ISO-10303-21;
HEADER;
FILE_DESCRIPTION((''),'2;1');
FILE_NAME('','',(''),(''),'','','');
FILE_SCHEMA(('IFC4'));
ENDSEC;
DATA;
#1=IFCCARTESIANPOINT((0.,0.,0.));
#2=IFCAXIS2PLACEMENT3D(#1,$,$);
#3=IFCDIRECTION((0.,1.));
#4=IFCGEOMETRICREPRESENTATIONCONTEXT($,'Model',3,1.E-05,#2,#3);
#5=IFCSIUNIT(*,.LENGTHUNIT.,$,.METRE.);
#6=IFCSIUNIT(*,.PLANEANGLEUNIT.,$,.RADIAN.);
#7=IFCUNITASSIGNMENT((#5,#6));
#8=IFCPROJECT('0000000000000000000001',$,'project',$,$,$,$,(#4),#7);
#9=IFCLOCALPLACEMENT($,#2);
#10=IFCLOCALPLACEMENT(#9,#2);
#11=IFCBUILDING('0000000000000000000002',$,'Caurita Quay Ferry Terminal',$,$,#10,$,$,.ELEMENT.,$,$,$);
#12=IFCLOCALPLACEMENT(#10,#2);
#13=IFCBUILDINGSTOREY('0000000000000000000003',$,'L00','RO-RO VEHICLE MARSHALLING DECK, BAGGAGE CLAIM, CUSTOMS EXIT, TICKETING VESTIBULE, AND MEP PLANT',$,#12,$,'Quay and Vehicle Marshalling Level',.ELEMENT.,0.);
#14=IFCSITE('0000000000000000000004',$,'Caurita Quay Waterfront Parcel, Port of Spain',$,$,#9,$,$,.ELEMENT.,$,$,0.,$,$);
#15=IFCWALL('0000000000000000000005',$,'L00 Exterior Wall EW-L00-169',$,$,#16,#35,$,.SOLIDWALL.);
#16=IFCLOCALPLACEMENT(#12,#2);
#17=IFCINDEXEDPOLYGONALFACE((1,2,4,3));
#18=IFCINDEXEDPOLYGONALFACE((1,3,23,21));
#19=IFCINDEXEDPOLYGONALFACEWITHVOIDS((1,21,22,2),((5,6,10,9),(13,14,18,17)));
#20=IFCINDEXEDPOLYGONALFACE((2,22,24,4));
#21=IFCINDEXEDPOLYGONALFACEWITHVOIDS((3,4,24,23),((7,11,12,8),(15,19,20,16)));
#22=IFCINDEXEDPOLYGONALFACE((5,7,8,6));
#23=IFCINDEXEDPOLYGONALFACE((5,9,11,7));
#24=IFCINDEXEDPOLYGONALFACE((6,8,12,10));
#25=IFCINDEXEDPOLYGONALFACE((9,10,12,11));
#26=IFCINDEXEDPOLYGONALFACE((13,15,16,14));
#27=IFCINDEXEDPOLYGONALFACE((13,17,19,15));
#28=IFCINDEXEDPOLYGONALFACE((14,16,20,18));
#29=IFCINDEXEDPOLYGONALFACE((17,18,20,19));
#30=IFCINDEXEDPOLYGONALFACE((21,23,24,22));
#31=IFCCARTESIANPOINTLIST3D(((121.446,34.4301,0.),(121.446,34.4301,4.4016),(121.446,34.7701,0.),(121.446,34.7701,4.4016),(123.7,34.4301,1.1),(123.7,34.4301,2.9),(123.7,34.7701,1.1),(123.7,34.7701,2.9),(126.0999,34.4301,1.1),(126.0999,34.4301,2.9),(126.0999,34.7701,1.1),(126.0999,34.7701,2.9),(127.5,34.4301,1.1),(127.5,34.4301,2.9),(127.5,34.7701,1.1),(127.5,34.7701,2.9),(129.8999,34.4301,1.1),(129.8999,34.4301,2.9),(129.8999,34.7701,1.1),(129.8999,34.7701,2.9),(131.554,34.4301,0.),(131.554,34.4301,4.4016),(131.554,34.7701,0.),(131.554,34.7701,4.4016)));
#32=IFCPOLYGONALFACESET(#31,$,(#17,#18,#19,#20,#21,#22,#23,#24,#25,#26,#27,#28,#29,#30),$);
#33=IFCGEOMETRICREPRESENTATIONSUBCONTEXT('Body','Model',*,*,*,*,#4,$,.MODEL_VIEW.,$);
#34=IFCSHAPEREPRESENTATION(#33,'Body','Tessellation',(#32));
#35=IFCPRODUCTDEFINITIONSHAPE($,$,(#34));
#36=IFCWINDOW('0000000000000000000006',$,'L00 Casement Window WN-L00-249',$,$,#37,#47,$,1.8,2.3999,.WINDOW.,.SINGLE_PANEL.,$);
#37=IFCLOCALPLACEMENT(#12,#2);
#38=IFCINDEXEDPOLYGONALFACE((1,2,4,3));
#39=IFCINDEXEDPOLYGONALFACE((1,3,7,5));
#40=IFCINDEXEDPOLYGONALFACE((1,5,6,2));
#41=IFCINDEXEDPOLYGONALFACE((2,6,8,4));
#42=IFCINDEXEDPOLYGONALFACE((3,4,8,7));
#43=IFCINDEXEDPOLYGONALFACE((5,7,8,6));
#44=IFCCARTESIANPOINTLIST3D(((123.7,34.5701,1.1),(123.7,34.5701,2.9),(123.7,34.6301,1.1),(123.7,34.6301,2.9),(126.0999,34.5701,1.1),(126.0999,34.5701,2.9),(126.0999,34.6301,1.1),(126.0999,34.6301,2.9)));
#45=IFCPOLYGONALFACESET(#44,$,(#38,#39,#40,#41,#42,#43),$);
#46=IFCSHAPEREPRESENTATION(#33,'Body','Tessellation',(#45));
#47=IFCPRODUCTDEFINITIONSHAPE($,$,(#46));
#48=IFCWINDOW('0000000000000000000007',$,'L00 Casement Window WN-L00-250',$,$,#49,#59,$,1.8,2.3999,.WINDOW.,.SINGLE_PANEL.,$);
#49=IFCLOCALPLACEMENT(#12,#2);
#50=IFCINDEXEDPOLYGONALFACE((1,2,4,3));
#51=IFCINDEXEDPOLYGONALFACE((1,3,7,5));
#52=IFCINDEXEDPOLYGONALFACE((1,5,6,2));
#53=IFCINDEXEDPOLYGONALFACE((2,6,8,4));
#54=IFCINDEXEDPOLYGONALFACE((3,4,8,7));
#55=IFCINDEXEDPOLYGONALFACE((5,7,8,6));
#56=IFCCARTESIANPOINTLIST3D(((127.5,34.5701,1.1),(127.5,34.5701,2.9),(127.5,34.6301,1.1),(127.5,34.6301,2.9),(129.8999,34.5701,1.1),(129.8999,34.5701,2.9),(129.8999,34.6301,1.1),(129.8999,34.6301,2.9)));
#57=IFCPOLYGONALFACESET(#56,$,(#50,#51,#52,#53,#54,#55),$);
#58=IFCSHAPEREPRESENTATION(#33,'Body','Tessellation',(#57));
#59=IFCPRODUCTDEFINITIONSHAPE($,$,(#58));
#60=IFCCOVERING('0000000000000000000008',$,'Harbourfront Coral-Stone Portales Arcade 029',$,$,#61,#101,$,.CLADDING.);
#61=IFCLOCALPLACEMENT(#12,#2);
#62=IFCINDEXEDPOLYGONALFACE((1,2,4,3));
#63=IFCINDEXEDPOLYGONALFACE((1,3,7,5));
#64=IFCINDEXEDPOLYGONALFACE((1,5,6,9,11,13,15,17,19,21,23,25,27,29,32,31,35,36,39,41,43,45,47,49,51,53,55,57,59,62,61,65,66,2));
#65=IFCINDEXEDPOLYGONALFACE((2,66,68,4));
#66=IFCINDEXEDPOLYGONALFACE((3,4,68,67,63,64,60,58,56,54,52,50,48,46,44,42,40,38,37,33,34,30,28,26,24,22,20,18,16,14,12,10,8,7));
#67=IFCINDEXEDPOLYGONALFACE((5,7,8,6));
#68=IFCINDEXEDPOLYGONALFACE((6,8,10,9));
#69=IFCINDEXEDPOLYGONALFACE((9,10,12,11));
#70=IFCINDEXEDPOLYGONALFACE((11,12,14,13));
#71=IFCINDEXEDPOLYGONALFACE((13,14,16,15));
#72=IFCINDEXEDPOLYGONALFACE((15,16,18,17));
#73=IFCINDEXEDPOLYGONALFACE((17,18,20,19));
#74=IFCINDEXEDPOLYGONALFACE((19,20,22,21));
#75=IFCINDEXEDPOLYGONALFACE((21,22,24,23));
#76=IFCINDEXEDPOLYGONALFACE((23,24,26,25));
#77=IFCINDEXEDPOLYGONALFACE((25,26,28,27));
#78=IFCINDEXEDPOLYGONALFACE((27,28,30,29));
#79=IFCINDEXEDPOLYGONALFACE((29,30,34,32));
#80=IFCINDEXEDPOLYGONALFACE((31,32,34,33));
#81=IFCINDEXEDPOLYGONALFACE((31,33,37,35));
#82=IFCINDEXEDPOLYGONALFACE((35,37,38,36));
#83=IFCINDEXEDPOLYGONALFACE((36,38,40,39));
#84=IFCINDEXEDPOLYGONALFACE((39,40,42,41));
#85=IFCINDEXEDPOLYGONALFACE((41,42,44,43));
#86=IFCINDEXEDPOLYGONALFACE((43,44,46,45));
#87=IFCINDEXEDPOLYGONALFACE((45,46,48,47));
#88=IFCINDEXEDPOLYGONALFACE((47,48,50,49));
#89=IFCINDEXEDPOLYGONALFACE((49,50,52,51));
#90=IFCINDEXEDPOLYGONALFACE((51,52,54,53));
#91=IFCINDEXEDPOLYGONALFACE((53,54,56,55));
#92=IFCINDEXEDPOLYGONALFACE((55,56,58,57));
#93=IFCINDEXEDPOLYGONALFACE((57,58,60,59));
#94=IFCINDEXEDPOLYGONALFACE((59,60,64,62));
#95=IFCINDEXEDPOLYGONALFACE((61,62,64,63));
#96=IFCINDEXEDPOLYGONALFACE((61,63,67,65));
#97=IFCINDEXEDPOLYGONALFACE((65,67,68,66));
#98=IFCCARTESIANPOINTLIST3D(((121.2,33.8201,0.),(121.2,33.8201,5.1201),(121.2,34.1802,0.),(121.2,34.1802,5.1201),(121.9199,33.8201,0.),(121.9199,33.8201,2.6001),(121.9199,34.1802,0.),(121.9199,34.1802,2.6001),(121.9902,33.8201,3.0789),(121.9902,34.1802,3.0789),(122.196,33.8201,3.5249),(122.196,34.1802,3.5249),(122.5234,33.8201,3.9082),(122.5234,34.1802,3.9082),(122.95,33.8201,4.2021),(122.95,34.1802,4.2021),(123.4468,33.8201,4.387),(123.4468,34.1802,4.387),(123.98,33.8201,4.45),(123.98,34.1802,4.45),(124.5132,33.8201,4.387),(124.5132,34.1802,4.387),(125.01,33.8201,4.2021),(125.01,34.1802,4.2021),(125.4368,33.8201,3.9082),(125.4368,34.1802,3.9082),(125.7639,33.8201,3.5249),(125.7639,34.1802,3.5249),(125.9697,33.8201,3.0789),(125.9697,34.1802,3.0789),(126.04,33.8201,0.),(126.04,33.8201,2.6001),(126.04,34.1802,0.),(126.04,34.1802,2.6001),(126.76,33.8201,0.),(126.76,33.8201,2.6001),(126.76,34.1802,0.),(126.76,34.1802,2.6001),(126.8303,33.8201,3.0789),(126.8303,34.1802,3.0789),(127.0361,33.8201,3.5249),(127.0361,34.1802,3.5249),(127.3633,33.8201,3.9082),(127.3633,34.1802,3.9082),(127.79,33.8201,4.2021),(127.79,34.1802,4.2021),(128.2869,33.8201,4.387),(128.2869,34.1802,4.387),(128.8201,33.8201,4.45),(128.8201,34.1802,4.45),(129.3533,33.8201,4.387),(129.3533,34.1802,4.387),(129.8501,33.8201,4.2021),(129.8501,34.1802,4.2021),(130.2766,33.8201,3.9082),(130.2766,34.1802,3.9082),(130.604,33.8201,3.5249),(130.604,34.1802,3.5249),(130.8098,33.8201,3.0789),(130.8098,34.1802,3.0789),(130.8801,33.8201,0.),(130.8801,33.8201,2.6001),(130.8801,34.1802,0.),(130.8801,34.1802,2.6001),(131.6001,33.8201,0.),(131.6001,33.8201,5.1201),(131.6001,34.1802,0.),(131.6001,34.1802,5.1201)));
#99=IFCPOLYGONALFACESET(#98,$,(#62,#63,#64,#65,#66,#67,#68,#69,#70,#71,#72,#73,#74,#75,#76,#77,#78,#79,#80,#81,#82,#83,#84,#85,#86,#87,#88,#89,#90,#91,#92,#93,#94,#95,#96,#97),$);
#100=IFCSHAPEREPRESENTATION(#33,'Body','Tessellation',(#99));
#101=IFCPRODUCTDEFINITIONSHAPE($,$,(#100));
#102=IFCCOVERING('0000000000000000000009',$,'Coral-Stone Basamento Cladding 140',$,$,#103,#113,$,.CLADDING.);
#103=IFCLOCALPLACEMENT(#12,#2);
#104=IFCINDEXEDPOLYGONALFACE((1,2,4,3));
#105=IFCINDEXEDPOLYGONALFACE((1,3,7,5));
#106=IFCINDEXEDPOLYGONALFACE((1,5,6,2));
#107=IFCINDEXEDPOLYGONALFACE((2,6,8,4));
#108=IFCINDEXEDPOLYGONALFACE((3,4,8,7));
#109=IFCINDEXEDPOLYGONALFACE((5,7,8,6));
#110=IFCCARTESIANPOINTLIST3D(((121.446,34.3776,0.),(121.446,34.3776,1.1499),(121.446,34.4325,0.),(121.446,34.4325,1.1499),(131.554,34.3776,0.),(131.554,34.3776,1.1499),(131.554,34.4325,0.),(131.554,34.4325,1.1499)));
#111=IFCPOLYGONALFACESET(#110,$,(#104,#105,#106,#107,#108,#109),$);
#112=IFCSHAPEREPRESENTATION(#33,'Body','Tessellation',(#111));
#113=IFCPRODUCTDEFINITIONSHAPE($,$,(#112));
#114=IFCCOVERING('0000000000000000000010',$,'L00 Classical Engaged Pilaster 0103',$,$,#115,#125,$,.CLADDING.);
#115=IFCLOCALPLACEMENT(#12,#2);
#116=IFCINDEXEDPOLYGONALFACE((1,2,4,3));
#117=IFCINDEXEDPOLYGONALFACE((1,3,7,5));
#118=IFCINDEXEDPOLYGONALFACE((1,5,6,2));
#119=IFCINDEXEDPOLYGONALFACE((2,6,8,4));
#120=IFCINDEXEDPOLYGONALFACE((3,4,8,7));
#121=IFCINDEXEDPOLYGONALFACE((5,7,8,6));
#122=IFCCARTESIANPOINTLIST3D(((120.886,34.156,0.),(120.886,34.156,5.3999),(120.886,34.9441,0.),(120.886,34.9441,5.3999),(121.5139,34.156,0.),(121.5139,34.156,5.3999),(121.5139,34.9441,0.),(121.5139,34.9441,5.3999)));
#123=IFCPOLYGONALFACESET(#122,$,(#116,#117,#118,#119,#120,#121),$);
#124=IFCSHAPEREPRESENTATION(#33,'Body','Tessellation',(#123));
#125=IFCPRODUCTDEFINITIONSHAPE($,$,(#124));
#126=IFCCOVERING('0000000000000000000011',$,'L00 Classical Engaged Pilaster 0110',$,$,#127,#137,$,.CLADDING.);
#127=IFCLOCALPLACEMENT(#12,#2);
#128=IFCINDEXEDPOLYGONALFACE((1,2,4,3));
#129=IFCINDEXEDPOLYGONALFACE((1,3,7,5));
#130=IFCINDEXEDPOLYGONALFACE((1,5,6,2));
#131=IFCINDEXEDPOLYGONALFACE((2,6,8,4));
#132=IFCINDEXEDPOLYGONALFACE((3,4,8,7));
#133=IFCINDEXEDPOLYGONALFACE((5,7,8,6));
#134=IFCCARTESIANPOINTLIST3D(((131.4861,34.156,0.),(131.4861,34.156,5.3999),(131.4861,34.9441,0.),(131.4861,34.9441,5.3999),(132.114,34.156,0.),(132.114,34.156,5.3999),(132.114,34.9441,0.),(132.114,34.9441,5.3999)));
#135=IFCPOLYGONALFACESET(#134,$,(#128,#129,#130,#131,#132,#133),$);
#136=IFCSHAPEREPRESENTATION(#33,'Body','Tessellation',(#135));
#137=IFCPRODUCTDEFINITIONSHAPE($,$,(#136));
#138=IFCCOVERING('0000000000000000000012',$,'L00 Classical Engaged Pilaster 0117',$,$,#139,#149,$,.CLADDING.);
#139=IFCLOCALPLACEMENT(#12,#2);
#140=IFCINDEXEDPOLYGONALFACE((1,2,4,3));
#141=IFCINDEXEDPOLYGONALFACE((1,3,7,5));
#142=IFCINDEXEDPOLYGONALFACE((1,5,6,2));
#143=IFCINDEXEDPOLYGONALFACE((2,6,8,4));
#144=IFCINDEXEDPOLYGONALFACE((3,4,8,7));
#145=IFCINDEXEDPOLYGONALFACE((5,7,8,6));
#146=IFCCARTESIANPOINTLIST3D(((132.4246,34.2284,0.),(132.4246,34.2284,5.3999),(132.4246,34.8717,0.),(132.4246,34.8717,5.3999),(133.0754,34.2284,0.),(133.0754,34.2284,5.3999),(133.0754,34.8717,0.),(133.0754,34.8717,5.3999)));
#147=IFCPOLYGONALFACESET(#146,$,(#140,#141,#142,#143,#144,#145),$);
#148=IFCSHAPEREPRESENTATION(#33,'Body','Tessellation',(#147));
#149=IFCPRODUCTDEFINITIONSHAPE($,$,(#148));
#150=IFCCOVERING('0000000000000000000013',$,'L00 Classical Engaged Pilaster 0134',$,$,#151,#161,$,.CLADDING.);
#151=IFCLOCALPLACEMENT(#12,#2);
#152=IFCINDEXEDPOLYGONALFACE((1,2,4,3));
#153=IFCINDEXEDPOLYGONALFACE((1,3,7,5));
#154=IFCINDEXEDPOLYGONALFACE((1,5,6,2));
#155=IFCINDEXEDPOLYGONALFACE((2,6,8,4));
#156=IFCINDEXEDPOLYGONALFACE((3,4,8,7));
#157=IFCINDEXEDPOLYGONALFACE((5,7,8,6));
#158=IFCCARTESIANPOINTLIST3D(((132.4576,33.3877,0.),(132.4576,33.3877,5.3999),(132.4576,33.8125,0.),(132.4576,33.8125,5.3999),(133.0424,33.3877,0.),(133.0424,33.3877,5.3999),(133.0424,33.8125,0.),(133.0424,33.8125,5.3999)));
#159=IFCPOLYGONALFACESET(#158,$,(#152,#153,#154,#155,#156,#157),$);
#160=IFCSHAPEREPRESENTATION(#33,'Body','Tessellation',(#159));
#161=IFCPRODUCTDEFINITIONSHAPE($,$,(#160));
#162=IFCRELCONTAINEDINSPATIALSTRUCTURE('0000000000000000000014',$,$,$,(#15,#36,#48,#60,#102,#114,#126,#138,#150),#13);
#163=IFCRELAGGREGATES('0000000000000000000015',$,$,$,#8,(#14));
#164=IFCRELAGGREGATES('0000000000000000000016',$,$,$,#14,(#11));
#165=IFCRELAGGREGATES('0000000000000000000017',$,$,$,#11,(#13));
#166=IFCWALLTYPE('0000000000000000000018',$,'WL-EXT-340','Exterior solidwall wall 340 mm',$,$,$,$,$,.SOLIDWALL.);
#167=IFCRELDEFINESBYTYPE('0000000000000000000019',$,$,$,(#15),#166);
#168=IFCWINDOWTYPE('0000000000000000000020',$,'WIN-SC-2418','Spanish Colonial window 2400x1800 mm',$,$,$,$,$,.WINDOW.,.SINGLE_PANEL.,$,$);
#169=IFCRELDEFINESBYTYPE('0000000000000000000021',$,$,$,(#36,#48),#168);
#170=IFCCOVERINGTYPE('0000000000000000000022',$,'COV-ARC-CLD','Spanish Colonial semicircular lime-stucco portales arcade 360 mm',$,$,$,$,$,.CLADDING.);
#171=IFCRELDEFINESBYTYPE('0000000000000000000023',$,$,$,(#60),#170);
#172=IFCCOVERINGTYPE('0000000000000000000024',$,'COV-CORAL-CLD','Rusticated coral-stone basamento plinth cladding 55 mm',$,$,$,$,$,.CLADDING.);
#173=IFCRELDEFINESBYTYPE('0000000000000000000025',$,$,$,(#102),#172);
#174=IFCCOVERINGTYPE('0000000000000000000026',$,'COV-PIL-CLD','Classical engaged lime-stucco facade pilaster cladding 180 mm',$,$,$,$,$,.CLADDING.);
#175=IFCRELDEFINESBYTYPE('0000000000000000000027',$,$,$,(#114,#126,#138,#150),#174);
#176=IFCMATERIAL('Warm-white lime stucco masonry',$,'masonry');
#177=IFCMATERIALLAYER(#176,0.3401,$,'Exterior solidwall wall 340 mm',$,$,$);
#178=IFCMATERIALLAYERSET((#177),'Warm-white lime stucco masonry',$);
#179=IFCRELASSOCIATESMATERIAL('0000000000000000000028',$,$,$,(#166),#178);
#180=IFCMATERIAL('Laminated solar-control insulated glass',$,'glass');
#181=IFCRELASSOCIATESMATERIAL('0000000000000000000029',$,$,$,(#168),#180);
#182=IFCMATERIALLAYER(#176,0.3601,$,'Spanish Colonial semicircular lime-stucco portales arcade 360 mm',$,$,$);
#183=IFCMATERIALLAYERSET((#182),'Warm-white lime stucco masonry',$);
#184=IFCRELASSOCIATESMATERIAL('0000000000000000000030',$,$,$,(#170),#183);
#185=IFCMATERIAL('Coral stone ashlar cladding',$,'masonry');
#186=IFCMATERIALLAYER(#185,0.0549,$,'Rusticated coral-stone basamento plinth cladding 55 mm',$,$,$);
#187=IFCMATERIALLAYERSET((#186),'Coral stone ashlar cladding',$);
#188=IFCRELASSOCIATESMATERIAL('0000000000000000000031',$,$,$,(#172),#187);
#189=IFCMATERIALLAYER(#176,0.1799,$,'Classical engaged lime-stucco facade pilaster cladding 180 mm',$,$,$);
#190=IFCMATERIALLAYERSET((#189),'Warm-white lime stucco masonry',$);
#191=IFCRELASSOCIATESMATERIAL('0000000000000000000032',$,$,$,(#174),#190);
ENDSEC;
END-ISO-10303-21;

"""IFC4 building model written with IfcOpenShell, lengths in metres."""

from ifc_helpers import new_model, si_unit, direction, frame, frame_2d, origin, origin_2d, place, context, subcontext, project, spatial, polyline, rectangle, outline, extrude, material, layer, layer_set, type_object, element, fill, save


model = new_model("IFC4")

# Units and contexts
model_context = context("Model", 3, precision=1e-05, world=origin(), true_north=direction((0.0, 1.0)))
body_context = subcontext(model_context, "Body", "Model", "MODEL_VIEW")
ifc_project = project(units=[si_unit("LENGTHUNIT", "METRE"), si_unit("PLANEANGLEUNIT", "RADIAN")], contexts=[model_context])

# Site, building, storey
site_placement = place(None, origin())
site = spatial("IfcSite", under=ifc_project, at=site_placement, Name="Caurita Quay Waterfront Parcel, Port of Spain", CompositionType="ELEMENT", RefElevation=0.0)
building_placement = place(site_placement, origin())
building = spatial("IfcBuilding", under=site, at=building_placement, Name="Caurita Quay Ferry Terminal", CompositionType="ELEMENT")
storey_placement = place(building_placement, origin())
storey = spatial("IfcBuildingStorey", under=building, at=storey_placement, Name="L00", Description="RO-RO VEHICLE MARSHALLING DECK, BAGGAGE CLAIM, CUSTOMS EXIT, TICKETING VESTIBULE, AND MEP PLANT", LongName="Quay and Vehicle Marshalling Level", CompositionType="ELEMENT", Elevation=0.0)

# Shared definitions
ifc_material_1 = material(Name="Warm-white lime stucco masonry", Category="masonry")

# Wall, openings, windows
ifc_layer_1 = layer(ifc_material_1, 0.3401, Name="Exterior solidwall wall 340 mm")
ifc_layer_set_1 = layer_set([ifc_layer_1], Name="Warm-white lime stucco masonry")
wall_type_1 = type_object("IfcWallType", Name="WL-EXT-340", Description="Exterior solidwall wall 340 mm", PredefinedType="SOLIDWALL", material=ifc_layer_set_1)
wall_1_placement = place(storey_placement, frame((121.446, 34.6001, 0.0), z_axis=(0.0, 0.0, 1.0), x_axis=(1.0, 0.0, 0.0)))
wall_1 = element("IfcWall", 1, at=wall_1_placement, inside=storey, type_object=wall_type_1, Name="L00 Exterior Wall EW-L00-169", PredefinedType="SOLIDWALL", context=body_context, shape_type="SweptSolid", body=[
    extrude(rectangle(XDim=10.1079, YDim=0.3401, at=frame_2d((5.054, 0.0))), origin(), (0.0, 0.0, 1.0), 4.4016),
])
opening_1_placement = place(wall_1_placement, frame((2.2539, 0.0, 1.1001)))
opening_1 = element("IfcOpeningElement", 2, at=opening_1_placement, cuts=wall_1, PredefinedType="OPENING", context=body_context, shape_type="SweptSolid", body=[
    extrude(rectangle(XDim=2.3999, YDim=1.8, at=frame_2d((1.2, 0.8999))), frame((0.0, 0.1799, 0.0), z_axis=(0.0, -1.0, 0.0), x_axis=(1.0, 0.0, 0.0)), (0.0, 0.0, 1.0), 0.3601),
])
opening_2_placement = place(wall_1_placement, frame((6.054, 0.0, 1.1001)))
opening_2 = element("IfcOpeningElement", 3, at=opening_2_placement, cuts=wall_1, PredefinedType="OPENING", context=body_context, shape_type="SweptSolid", body=[
    extrude(rectangle(XDim=2.3999, YDim=1.8, at=frame_2d((1.2, 0.8999))), frame((0.0, 0.1799, 0.0), z_axis=(0.0, -1.0, 0.0), x_axis=(1.0, 0.0, 0.0)), (0.0, 0.0, 1.0), 0.3601),
])
ifc_material_2 = material(Name="Laminated solar-control insulated glass", Category="glass")
window_type = type_object("IfcWindowType", Name="WIN-SC-2418", Description="Spanish Colonial window 2400x1800 mm", PartitioningType="SINGLE_PANEL", PredefinedType="WINDOW", material=ifc_material_2)
window_1_placement = place(opening_1_placement, origin())
window_1 = element("IfcWindow", 4, at=window_1_placement, inside=storey, type_object=window_type, Name="L00 Casement Window WN-L00-249", OverallHeight=1.8, OverallWidth=2.3999, PartitioningType="SINGLE_PANEL", PredefinedType="WINDOW", context=body_context, shape_type="SweptSolid", body=[
    extrude(rectangle(XDim=2.3999, YDim=1.8, at=frame_2d((1.2, 0.8999))), frame((0.0, 0.03, 0.0), z_axis=(0.0, -1.0, 0.0), x_axis=(1.0, 0.0, 0.0)), (0.0, 0.0, 1.0), 0.0601),
])
fill(opening_1, window_1)
window_2_placement = place(opening_2_placement, origin())
window_2 = element("IfcWindow", 5, at=window_2_placement, inside=storey, type_object=window_type, Name="L00 Casement Window WN-L00-250", OverallHeight=1.8, OverallWidth=2.3999, PartitioningType="SINGLE_PANEL", PredefinedType="WINDOW", context=body_context, shape_type="SweptSolid", body=[
    extrude(rectangle(XDim=2.3999, YDim=1.8, at=frame_2d((1.2, 0.8999))), frame((0.0, 0.03, 0.0), z_axis=(0.0, -1.0, 0.0), x_axis=(1.0, 0.0, 0.0)), (0.0, 0.0, 1.0), 0.0601),
])
fill(opening_2, window_2)

# Coverings
ifc_layer_2 = layer(ifc_material_1, 0.3601, Name="Spanish Colonial semicircular lime-stucco portales arcade 360 mm")
ifc_layer_set_2 = layer_set([ifc_layer_2], Name="Warm-white lime stucco masonry")
covering_type_1 = type_object("IfcCoveringType", Name="COV-ARC-CLD", Description="Spanish Colonial semicircular lime-stucco portales arcade 360 mm", PredefinedType="CLADDING", material=ifc_layer_set_2)
covering_1_placement = place(storey_placement, frame((121.2, 34.0, 0.0), z_axis=(0.0, 0.0, 1.0), x_axis=(1.0, 0.0, 0.0)))
element("IfcCovering", 6, at=covering_1_placement, inside=storey, type_object=covering_type_1, Name="Harbourfront Coral-Stone Portales Arcade 029", PredefinedType="CLADDING", context=body_context, shape_type="SweptSolid", body=[
    extrude(outline(polyline([(0.0, 0.0), (0.72, 0.0), (0.72, 2.6001), (0.7903, 3.0789), (0.9961, 3.5249), (1.3235, 3.9082), (1.75, 4.2021), (2.2468, 4.387), (2.78, 4.45), (3.3132, 4.387), (3.8101, 4.2021), (4.2368, 3.9082), (4.564, 3.5249), (4.7698, 3.0789), (4.8401, 2.6001), (4.8401, 0.0), (5.5601, 0.0), (5.5601, 2.6001), (5.6304, 3.0789), (5.8362, 3.5249), (6.1633, 3.9082), (6.5901, 4.2021), (7.0869, 4.387), (7.6201, 4.45), (8.1533, 4.387), (8.6501, 4.2021), (9.0767, 3.9082), (9.4041, 3.5249), (9.6099, 3.0789), (9.6802, 2.6001), (9.6802, 0.0), (10.4001, 0.0), (10.4001, 5.1201), (0.0, 5.1201), (0.0, 0.0)])), frame((0.0, 0.1802, 0.0), z_axis=(0.0, -1.0, 0.0), x_axis=(1.0, 0.0, 0.0)), (0.0, 0.0, 1.0), 0.3601),
])
ifc_material_3 = material(Name="Coral stone ashlar cladding", Category="masonry")
ifc_layer_3 = layer(ifc_material_3, 0.0549, Name="Rusticated coral-stone basamento plinth cladding 55 mm")
ifc_layer_set_3 = layer_set([ifc_layer_3], Name="Coral stone ashlar cladding")
covering_type_2 = type_object("IfcCoveringType", Name="COV-CORAL-CLD", Description="Rusticated coral-stone basamento plinth cladding 55 mm", PredefinedType="CLADDING", material=ifc_layer_set_3)
covering_2_placement = place(storey_placement, frame((121.446, 34.405, 0.0), z_axis=(0.0, 0.0, 1.0), x_axis=(1.0, 0.0, 0.0)))
element("IfcCovering", 7, at=covering_2_placement, inside=storey, type_object=covering_type_2, Name="Coral-Stone Basamento Cladding 140", PredefinedType="CLADDING", context=body_context, shape_type="SweptSolid", body=[
    extrude(rectangle(XDim=10.1079, YDim=0.0549, at=frame_2d((5.054, 0.0))), origin(), (0.0, 0.0, 1.0), 1.1499),
])
ifc_layer_4 = layer(ifc_material_1, 0.1799, Name="Classical engaged lime-stucco facade pilaster cladding 180 mm")
ifc_layer_set_4 = layer_set([ifc_layer_4], Name="Warm-white lime stucco masonry")
covering_type_3 = type_object("IfcCoveringType", Name="COV-PIL-CLD", Description="Classical engaged lime-stucco facade pilaster cladding 180 mm", PredefinedType="CLADDING", material=ifc_layer_set_4)
for number, where, z_axis, x_axis, name in (
    (8, (121.2, 34.55, 0.0), (0.0, 0.0, 1.0), (1.0, 0.0, 0.0), "L00 Classical Engaged Pilaster 0103"),
    (9, (131.8, 34.55, 0.0), (0.0, 0.0, 1.0), (1.0, 0.0, 0.0), "L00 Classical Engaged Pilaster 0110"),
):
    element("IfcCovering", number, at=place(storey_placement, frame(where, z_axis=z_axis, x_axis=x_axis)), inside=storey, type_object=covering_type_3, Name=name, PredefinedType="CLADDING", context=body_context, shape_type="SweptSolid", body=[
        extrude(rectangle(XDim=0.6279, YDim=0.7881, at=origin_2d()), origin(), (0.0, 0.0, 1.0), 5.3999),
    ])
covering_3_placement = place(storey_placement, frame((132.75, 34.55, 0.0), z_axis=(0.0, 0.0, 1.0), x_axis=(1.0, 0.0, 0.0)))
element("IfcCovering", 10, at=covering_3_placement, inside=storey, type_object=covering_type_3, Name="L00 Classical Engaged Pilaster 0117", PredefinedType="CLADDING", context=body_context, shape_type="SweptSolid", body=[
    extrude(rectangle(XDim=0.6509, YDim=0.6433, at=origin_2d()), origin(), (0.0, 0.0, 1.0), 5.3999),
])
covering_4_placement = place(storey_placement, frame((132.75, 33.6001, 0.0), z_axis=(0.0, 0.0, 1.0), x_axis=(1.0, 0.0, 0.0)))
element("IfcCovering", 11, at=covering_4_placement, inside=storey, type_object=covering_type_3, Name="L00 Classical Engaged Pilaster 0134", PredefinedType="CLADDING", context=body_context, shape_type="SweptSolid", body=[
    extrude(rectangle(XDim=0.5847, YDim=0.4248, at=origin_2d()), origin(), (0.0, 0.0, 1.0), 5.3999),
])

save(model, "model.ifc")
